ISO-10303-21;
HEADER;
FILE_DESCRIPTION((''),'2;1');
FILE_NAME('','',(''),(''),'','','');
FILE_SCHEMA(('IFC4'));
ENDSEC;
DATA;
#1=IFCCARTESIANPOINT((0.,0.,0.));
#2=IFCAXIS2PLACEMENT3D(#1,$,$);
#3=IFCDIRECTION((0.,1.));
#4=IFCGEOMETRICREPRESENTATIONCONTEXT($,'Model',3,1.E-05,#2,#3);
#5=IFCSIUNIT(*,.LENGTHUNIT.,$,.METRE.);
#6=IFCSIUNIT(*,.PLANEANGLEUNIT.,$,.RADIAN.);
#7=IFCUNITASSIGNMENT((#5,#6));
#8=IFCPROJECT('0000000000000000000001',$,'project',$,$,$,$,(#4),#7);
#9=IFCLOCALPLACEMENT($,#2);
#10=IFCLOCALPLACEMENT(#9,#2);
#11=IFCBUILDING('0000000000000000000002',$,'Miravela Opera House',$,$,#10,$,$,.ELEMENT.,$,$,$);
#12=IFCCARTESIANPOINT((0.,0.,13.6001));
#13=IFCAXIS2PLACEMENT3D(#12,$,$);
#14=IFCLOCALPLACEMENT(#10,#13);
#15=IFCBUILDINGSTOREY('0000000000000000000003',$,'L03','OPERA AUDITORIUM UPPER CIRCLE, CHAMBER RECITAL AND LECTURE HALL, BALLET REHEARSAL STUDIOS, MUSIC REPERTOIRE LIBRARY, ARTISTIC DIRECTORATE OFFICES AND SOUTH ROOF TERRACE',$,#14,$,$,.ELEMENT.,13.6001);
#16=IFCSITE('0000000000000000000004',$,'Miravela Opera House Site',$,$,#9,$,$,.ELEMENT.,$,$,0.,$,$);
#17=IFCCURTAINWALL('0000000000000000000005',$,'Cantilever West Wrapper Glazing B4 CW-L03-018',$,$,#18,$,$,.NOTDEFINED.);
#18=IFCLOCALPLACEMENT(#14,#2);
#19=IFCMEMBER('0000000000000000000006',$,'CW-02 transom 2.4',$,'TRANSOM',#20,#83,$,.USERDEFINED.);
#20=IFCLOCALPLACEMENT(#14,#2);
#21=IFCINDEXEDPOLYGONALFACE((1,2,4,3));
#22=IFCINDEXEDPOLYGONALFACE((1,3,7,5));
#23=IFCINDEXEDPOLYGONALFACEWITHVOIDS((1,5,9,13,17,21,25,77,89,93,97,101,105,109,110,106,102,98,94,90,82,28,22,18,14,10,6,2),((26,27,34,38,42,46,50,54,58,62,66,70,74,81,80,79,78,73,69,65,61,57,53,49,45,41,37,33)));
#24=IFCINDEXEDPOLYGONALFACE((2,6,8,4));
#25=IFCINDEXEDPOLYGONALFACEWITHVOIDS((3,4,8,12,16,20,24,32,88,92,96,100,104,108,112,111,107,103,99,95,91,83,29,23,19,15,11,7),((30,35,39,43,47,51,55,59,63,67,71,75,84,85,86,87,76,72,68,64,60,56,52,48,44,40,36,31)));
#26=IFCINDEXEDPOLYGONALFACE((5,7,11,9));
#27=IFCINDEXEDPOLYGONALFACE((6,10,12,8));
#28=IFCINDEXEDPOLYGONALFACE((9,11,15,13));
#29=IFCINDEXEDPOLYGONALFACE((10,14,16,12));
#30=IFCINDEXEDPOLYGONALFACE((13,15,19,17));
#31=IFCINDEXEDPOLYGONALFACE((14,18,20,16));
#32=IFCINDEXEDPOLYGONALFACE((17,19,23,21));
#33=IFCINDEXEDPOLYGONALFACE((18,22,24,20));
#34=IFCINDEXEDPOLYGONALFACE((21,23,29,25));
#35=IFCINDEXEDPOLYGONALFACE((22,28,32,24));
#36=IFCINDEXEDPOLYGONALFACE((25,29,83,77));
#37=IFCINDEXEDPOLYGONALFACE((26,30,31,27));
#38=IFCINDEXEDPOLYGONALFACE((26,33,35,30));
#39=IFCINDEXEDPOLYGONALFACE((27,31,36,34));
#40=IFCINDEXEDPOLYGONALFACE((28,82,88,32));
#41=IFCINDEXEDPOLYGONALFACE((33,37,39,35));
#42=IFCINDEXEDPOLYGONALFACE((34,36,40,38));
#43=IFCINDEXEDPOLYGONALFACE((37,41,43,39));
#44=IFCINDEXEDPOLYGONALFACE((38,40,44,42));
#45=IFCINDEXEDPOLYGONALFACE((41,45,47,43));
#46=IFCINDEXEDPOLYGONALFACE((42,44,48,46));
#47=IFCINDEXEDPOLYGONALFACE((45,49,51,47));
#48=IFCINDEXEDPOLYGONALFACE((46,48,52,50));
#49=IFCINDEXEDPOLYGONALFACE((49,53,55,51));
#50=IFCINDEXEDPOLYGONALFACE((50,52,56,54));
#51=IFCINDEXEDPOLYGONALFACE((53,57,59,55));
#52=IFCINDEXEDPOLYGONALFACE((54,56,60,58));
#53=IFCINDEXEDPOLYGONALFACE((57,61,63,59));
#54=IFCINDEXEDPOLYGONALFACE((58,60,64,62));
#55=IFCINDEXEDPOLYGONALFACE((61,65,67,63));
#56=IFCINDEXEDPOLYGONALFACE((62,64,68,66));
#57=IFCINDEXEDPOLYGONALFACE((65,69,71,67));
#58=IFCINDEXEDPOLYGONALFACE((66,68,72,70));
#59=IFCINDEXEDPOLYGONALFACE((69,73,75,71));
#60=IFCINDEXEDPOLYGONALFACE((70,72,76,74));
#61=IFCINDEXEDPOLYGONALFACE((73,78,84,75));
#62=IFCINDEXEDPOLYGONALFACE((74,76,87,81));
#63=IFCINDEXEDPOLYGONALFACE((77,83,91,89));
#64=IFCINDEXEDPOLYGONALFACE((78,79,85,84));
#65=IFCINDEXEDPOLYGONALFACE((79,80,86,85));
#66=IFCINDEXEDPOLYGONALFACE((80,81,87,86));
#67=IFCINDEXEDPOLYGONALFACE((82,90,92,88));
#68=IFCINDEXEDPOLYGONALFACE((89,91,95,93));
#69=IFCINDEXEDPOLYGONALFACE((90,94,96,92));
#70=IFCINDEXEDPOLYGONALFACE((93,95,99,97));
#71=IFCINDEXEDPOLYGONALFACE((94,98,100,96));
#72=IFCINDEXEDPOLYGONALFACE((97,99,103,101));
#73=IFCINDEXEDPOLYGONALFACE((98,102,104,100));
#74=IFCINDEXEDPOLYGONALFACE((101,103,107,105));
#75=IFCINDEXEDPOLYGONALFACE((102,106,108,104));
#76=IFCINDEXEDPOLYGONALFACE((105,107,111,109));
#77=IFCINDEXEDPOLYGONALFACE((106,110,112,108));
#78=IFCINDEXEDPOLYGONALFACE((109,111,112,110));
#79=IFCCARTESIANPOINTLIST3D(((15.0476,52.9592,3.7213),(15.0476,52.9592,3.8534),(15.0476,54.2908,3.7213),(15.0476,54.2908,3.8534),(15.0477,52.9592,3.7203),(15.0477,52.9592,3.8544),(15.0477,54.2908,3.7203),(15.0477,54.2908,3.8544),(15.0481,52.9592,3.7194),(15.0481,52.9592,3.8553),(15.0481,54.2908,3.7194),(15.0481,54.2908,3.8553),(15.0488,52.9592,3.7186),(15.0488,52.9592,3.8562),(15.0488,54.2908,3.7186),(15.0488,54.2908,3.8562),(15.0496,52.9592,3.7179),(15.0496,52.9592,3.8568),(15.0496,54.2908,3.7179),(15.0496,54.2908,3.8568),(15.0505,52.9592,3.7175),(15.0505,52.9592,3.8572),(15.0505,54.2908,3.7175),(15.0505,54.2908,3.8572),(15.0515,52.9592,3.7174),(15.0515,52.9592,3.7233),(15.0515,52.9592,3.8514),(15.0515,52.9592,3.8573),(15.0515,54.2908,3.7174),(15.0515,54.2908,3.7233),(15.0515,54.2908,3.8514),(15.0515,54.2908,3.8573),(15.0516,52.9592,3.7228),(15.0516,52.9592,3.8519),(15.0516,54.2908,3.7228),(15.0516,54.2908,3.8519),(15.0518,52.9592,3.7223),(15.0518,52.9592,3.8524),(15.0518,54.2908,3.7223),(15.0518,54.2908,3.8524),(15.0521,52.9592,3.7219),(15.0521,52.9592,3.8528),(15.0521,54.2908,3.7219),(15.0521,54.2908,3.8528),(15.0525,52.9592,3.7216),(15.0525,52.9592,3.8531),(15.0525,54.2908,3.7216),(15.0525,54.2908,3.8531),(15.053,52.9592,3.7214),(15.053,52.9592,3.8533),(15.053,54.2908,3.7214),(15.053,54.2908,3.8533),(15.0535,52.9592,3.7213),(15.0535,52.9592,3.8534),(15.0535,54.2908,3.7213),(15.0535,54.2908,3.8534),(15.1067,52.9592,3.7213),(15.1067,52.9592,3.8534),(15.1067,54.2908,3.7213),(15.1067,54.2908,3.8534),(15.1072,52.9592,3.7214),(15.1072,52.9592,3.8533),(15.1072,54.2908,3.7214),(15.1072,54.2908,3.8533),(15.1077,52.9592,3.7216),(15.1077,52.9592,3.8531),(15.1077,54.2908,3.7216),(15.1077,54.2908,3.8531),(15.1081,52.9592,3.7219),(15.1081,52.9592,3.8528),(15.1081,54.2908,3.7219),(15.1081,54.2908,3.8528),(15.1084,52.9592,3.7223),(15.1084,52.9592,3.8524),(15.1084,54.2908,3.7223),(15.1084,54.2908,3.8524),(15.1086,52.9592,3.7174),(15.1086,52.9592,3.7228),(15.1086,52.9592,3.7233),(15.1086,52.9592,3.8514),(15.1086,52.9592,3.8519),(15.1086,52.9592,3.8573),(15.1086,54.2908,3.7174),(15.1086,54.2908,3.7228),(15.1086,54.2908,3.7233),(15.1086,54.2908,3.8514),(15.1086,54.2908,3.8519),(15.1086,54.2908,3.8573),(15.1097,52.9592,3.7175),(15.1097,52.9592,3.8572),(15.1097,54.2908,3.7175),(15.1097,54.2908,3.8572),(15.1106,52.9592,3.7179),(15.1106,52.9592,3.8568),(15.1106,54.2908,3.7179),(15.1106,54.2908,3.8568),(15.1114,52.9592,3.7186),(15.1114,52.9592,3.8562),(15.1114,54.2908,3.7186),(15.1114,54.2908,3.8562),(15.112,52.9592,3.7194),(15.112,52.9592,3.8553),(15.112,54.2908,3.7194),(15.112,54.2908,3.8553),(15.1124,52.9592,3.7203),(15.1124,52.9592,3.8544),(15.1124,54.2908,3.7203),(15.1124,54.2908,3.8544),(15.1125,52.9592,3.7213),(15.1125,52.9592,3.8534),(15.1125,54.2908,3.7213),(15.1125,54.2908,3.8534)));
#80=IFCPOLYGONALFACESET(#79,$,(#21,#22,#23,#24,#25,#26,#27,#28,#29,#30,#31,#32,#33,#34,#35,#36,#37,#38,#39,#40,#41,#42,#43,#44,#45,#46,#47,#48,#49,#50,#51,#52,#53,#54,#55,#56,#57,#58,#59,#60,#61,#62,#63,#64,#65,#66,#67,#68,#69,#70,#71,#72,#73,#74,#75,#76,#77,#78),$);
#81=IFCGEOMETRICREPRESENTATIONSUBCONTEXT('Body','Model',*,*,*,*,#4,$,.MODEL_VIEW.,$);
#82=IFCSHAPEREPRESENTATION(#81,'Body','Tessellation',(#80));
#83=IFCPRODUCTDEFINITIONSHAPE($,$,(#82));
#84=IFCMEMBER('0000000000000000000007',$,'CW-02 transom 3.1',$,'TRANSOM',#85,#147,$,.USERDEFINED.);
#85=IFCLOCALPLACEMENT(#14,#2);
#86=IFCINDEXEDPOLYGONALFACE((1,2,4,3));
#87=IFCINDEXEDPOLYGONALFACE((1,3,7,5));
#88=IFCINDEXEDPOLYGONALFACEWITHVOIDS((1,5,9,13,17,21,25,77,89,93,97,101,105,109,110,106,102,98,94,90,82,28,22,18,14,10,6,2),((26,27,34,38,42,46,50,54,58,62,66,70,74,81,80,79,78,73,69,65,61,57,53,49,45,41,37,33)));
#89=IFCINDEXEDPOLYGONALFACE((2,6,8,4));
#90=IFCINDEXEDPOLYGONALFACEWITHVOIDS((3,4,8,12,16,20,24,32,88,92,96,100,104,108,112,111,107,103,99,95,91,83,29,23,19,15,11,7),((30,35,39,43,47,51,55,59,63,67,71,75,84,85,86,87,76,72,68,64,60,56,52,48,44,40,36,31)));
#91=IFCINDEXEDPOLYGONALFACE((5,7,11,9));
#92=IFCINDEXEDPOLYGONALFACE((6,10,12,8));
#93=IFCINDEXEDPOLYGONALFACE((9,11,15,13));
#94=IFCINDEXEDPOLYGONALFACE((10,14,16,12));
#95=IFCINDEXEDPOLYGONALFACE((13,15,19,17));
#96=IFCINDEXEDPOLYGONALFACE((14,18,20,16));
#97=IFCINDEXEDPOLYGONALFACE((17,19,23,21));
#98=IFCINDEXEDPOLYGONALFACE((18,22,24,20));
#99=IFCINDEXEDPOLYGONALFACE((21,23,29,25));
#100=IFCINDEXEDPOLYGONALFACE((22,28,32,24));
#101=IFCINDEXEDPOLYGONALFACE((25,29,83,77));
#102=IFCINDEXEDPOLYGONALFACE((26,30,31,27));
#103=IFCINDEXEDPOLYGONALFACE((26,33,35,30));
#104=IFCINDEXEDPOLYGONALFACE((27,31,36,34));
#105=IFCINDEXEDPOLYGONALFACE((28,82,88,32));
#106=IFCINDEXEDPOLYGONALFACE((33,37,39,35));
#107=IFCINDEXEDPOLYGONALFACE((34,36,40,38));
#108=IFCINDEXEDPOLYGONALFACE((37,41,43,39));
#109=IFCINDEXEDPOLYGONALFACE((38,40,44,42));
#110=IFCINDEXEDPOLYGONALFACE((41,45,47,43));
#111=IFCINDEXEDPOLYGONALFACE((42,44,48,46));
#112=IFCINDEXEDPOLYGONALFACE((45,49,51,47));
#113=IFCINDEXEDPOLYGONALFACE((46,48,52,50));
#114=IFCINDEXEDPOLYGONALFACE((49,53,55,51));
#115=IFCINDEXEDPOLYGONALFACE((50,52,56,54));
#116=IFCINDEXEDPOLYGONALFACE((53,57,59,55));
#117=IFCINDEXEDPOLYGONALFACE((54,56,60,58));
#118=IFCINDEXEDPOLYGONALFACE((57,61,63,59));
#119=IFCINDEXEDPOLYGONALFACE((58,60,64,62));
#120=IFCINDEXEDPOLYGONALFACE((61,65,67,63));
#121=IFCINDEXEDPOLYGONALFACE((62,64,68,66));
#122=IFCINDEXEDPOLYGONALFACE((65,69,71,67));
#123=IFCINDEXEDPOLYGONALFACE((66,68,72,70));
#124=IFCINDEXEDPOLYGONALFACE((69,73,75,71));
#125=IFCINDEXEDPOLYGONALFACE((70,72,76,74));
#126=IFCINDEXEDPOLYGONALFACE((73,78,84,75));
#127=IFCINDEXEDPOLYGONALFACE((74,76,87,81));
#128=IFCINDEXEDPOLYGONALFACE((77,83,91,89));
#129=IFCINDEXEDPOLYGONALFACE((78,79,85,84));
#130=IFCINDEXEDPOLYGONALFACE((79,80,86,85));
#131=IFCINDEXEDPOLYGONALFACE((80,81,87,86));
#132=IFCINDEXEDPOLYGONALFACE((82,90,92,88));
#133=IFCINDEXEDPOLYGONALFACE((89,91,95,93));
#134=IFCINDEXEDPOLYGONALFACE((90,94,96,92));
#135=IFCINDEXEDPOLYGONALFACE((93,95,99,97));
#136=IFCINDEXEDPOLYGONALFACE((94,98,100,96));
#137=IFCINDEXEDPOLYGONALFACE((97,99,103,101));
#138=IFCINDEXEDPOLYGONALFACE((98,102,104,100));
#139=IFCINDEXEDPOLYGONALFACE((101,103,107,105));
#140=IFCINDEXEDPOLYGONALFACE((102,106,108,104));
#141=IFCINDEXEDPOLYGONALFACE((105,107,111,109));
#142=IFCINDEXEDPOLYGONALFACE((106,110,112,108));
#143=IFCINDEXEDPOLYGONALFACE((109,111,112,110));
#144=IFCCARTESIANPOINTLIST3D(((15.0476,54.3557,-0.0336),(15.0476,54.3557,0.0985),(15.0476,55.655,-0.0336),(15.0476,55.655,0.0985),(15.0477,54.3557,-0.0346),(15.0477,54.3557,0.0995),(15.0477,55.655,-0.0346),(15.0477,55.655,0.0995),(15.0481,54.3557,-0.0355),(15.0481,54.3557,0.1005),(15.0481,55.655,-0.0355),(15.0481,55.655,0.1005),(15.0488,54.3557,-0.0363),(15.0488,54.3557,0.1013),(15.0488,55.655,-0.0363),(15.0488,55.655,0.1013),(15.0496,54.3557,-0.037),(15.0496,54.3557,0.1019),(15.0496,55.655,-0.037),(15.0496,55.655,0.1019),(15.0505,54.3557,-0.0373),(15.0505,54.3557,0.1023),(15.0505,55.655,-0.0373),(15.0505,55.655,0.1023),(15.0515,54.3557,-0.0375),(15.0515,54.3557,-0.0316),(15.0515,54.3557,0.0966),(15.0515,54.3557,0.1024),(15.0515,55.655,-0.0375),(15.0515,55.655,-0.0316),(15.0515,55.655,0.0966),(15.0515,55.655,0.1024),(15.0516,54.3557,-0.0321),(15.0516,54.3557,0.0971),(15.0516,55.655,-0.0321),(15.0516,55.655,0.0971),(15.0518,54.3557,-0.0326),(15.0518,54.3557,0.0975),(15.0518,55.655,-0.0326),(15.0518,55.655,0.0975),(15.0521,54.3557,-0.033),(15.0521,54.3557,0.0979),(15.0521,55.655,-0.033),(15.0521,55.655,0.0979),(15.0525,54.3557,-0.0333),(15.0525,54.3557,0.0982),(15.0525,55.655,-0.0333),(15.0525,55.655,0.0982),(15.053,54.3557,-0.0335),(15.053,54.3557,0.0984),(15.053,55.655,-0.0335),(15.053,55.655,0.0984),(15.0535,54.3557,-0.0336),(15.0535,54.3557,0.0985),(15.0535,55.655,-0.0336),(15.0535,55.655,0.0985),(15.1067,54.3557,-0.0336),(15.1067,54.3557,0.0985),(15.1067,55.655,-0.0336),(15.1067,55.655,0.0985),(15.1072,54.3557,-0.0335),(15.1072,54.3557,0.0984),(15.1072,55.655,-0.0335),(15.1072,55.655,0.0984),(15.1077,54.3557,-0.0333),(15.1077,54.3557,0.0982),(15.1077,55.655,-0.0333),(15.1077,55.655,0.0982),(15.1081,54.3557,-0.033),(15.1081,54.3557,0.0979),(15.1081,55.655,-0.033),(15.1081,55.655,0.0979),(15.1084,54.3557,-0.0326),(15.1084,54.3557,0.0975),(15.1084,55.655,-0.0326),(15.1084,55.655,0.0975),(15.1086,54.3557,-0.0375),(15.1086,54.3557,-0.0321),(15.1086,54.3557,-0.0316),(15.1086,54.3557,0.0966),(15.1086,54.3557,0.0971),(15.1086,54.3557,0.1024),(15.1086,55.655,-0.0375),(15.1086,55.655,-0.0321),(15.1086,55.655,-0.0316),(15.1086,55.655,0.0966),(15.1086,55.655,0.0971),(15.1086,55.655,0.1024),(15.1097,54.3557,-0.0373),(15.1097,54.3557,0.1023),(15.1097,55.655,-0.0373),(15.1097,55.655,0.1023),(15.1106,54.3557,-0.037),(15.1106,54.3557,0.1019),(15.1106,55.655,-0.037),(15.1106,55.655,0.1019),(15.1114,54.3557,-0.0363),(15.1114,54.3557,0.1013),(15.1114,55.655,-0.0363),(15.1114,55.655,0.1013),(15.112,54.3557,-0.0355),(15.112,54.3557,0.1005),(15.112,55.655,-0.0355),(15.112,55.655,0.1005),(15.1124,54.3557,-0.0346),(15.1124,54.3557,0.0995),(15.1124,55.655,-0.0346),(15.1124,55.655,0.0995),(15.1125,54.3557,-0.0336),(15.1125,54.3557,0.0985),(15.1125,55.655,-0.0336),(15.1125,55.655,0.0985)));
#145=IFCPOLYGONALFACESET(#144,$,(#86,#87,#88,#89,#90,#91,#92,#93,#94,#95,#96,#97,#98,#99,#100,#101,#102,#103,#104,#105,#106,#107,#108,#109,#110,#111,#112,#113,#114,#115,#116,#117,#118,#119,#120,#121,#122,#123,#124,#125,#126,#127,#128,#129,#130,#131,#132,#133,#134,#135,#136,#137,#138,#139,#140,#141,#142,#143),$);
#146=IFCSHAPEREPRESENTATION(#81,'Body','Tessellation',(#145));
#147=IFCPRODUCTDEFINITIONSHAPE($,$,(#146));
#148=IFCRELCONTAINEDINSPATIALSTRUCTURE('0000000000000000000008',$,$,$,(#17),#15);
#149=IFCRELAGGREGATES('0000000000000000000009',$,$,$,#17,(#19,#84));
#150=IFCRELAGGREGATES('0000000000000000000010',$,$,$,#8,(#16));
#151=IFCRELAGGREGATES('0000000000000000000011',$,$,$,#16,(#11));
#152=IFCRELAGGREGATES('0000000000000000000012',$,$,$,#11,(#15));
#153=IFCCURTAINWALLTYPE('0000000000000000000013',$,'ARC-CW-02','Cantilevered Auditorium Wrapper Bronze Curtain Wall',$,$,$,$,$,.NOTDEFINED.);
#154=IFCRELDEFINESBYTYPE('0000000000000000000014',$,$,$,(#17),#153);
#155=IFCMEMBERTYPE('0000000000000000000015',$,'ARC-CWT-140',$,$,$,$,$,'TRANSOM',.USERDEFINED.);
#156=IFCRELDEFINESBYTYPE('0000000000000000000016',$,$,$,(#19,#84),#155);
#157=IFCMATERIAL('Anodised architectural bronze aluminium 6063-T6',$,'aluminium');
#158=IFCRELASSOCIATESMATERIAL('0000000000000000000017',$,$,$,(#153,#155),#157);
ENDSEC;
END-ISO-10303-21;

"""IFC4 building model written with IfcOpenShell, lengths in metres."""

from ifc_helpers import new_model, si_unit, direction, frame, origin, origin_2d, place, context, subcontext, project, spatial, hollow_rectangle, extrude, material, material_profile, profile_set, type_object, element, aggregate, save


model = new_model("IFC4")

# Units and contexts
model_context = context("Model", 3, precision=1e-05, world=origin(), true_north=direction((0.0, 1.0)))
body_context = subcontext(model_context, "Body", "Model", "MODEL_VIEW")
ifc_project = project(units=[si_unit("LENGTHUNIT", "METRE"), si_unit("PLANEANGLEUNIT", "RADIAN")], contexts=[model_context])

# Site, building, storey
site_placement = place(None, origin())
site = spatial("IfcSite", under=ifc_project, at=site_placement, Name="Miravela Opera House Site", CompositionType="ELEMENT", RefElevation=0.0)
building_placement = place(site_placement, origin())
building = spatial("IfcBuilding", under=site, at=building_placement, Name="Miravela Opera House", CompositionType="ELEMENT")
storey_placement = place(building_placement, frame((0.0, 0.0, 13.6001)))
storey = spatial("IfcBuildingStorey", under=building, at=storey_placement, Name="L03", Description="OPERA AUDITORIUM UPPER CIRCLE, CHAMBER RECITAL AND LECTURE HALL, BALLET REHEARSAL STUDIOS, MUSIC REPERTOIRE LIBRARY, ARTISTIC DIRECTORATE OFFICES AND SOUTH ROOF TERRACE", CompositionType="ELEMENT", Elevation=13.6001)

# Curtain wall, members
ifc_material_1 = material(Name="Anodised architectural bronze aluminium 6063-T6", Category="aluminium")
curtain_wall_type = type_object("IfcCurtainWallType", Name="ARC-CW-02", Description="Cantilevered Auditorium Wrapper Bronze Curtain Wall", PredefinedType="NOTDEFINED", material=ifc_material_1)
curtain_wall_placement = place(storey_placement, origin())
curtain_wall = element("IfcCurtainWall", 1, at=curtain_wall_placement, inside=storey, type_object=curtain_wall_type, Name="Cantilever West Wrapper Glazing B4 CW-L03-018", PredefinedType="NOTDEFINED")
ifc_material_profile_1 = material_profile(ifc_material_1, hollow_rectangle(XDim=0.0649, YDim=0.1399, WallThickness=0.0039, InnerFilletRadius=0.002, OuterFilletRadius=0.0039, at=origin_2d()), Name="CWT-65X140")
ifc_profile_set_1 = profile_set([ifc_material_profile_1])
member_type_1 = type_object("IfcMemberType", Name="ARC-CWT-140", ElementType="TRANSOM", PredefinedType="USERDEFINED", material=ifc_profile_set_1)
member_1_placement = place(storey_placement, frame((15.0801, 52.9592, 3.7874), z_axis=(0.0, 1.0, 0.0), x_axis=(-1.0, 0.0, 0.0)))
member_1 = element("IfcMember", 2, at=member_1_placement, type_object=member_type_1, Name="CW-02 transom 2.4", ObjectType="TRANSOM", PredefinedType="USERDEFINED", context=body_context, shape_type="SweptSolid", body=[
    extrude(hollow_rectangle(XDim=0.0649, YDim=0.1399, WallThickness=0.0039, InnerFilletRadius=0.002, OuterFilletRadius=0.0039, at=origin_2d()), origin(), (0.0, 0.0, 1.0), 1.3315),
])
member_2_placement = place(storey_placement, frame((15.0801, 54.3557, 0.0325), z_axis=(0.0, 1.0, 0.0), x_axis=(-1.0, 0.0, 0.0)))
member_2 = element("IfcMember", 3, at=member_2_placement, type_object=member_type_1, Name="CW-02 transom 3.1", ObjectType="TRANSOM", PredefinedType="USERDEFINED", context=body_context, shape_type="SweptSolid", body=[
    extrude(hollow_rectangle(XDim=0.0649, YDim=0.1399, WallThickness=0.0039, InnerFilletRadius=0.002, OuterFilletRadius=0.0039, at=origin_2d()), origin(), (0.0, 0.0, 1.0), 1.2993),
])

aggregate(curtain_wall, [member_1, member_2])

save(model, "model.ifc")
